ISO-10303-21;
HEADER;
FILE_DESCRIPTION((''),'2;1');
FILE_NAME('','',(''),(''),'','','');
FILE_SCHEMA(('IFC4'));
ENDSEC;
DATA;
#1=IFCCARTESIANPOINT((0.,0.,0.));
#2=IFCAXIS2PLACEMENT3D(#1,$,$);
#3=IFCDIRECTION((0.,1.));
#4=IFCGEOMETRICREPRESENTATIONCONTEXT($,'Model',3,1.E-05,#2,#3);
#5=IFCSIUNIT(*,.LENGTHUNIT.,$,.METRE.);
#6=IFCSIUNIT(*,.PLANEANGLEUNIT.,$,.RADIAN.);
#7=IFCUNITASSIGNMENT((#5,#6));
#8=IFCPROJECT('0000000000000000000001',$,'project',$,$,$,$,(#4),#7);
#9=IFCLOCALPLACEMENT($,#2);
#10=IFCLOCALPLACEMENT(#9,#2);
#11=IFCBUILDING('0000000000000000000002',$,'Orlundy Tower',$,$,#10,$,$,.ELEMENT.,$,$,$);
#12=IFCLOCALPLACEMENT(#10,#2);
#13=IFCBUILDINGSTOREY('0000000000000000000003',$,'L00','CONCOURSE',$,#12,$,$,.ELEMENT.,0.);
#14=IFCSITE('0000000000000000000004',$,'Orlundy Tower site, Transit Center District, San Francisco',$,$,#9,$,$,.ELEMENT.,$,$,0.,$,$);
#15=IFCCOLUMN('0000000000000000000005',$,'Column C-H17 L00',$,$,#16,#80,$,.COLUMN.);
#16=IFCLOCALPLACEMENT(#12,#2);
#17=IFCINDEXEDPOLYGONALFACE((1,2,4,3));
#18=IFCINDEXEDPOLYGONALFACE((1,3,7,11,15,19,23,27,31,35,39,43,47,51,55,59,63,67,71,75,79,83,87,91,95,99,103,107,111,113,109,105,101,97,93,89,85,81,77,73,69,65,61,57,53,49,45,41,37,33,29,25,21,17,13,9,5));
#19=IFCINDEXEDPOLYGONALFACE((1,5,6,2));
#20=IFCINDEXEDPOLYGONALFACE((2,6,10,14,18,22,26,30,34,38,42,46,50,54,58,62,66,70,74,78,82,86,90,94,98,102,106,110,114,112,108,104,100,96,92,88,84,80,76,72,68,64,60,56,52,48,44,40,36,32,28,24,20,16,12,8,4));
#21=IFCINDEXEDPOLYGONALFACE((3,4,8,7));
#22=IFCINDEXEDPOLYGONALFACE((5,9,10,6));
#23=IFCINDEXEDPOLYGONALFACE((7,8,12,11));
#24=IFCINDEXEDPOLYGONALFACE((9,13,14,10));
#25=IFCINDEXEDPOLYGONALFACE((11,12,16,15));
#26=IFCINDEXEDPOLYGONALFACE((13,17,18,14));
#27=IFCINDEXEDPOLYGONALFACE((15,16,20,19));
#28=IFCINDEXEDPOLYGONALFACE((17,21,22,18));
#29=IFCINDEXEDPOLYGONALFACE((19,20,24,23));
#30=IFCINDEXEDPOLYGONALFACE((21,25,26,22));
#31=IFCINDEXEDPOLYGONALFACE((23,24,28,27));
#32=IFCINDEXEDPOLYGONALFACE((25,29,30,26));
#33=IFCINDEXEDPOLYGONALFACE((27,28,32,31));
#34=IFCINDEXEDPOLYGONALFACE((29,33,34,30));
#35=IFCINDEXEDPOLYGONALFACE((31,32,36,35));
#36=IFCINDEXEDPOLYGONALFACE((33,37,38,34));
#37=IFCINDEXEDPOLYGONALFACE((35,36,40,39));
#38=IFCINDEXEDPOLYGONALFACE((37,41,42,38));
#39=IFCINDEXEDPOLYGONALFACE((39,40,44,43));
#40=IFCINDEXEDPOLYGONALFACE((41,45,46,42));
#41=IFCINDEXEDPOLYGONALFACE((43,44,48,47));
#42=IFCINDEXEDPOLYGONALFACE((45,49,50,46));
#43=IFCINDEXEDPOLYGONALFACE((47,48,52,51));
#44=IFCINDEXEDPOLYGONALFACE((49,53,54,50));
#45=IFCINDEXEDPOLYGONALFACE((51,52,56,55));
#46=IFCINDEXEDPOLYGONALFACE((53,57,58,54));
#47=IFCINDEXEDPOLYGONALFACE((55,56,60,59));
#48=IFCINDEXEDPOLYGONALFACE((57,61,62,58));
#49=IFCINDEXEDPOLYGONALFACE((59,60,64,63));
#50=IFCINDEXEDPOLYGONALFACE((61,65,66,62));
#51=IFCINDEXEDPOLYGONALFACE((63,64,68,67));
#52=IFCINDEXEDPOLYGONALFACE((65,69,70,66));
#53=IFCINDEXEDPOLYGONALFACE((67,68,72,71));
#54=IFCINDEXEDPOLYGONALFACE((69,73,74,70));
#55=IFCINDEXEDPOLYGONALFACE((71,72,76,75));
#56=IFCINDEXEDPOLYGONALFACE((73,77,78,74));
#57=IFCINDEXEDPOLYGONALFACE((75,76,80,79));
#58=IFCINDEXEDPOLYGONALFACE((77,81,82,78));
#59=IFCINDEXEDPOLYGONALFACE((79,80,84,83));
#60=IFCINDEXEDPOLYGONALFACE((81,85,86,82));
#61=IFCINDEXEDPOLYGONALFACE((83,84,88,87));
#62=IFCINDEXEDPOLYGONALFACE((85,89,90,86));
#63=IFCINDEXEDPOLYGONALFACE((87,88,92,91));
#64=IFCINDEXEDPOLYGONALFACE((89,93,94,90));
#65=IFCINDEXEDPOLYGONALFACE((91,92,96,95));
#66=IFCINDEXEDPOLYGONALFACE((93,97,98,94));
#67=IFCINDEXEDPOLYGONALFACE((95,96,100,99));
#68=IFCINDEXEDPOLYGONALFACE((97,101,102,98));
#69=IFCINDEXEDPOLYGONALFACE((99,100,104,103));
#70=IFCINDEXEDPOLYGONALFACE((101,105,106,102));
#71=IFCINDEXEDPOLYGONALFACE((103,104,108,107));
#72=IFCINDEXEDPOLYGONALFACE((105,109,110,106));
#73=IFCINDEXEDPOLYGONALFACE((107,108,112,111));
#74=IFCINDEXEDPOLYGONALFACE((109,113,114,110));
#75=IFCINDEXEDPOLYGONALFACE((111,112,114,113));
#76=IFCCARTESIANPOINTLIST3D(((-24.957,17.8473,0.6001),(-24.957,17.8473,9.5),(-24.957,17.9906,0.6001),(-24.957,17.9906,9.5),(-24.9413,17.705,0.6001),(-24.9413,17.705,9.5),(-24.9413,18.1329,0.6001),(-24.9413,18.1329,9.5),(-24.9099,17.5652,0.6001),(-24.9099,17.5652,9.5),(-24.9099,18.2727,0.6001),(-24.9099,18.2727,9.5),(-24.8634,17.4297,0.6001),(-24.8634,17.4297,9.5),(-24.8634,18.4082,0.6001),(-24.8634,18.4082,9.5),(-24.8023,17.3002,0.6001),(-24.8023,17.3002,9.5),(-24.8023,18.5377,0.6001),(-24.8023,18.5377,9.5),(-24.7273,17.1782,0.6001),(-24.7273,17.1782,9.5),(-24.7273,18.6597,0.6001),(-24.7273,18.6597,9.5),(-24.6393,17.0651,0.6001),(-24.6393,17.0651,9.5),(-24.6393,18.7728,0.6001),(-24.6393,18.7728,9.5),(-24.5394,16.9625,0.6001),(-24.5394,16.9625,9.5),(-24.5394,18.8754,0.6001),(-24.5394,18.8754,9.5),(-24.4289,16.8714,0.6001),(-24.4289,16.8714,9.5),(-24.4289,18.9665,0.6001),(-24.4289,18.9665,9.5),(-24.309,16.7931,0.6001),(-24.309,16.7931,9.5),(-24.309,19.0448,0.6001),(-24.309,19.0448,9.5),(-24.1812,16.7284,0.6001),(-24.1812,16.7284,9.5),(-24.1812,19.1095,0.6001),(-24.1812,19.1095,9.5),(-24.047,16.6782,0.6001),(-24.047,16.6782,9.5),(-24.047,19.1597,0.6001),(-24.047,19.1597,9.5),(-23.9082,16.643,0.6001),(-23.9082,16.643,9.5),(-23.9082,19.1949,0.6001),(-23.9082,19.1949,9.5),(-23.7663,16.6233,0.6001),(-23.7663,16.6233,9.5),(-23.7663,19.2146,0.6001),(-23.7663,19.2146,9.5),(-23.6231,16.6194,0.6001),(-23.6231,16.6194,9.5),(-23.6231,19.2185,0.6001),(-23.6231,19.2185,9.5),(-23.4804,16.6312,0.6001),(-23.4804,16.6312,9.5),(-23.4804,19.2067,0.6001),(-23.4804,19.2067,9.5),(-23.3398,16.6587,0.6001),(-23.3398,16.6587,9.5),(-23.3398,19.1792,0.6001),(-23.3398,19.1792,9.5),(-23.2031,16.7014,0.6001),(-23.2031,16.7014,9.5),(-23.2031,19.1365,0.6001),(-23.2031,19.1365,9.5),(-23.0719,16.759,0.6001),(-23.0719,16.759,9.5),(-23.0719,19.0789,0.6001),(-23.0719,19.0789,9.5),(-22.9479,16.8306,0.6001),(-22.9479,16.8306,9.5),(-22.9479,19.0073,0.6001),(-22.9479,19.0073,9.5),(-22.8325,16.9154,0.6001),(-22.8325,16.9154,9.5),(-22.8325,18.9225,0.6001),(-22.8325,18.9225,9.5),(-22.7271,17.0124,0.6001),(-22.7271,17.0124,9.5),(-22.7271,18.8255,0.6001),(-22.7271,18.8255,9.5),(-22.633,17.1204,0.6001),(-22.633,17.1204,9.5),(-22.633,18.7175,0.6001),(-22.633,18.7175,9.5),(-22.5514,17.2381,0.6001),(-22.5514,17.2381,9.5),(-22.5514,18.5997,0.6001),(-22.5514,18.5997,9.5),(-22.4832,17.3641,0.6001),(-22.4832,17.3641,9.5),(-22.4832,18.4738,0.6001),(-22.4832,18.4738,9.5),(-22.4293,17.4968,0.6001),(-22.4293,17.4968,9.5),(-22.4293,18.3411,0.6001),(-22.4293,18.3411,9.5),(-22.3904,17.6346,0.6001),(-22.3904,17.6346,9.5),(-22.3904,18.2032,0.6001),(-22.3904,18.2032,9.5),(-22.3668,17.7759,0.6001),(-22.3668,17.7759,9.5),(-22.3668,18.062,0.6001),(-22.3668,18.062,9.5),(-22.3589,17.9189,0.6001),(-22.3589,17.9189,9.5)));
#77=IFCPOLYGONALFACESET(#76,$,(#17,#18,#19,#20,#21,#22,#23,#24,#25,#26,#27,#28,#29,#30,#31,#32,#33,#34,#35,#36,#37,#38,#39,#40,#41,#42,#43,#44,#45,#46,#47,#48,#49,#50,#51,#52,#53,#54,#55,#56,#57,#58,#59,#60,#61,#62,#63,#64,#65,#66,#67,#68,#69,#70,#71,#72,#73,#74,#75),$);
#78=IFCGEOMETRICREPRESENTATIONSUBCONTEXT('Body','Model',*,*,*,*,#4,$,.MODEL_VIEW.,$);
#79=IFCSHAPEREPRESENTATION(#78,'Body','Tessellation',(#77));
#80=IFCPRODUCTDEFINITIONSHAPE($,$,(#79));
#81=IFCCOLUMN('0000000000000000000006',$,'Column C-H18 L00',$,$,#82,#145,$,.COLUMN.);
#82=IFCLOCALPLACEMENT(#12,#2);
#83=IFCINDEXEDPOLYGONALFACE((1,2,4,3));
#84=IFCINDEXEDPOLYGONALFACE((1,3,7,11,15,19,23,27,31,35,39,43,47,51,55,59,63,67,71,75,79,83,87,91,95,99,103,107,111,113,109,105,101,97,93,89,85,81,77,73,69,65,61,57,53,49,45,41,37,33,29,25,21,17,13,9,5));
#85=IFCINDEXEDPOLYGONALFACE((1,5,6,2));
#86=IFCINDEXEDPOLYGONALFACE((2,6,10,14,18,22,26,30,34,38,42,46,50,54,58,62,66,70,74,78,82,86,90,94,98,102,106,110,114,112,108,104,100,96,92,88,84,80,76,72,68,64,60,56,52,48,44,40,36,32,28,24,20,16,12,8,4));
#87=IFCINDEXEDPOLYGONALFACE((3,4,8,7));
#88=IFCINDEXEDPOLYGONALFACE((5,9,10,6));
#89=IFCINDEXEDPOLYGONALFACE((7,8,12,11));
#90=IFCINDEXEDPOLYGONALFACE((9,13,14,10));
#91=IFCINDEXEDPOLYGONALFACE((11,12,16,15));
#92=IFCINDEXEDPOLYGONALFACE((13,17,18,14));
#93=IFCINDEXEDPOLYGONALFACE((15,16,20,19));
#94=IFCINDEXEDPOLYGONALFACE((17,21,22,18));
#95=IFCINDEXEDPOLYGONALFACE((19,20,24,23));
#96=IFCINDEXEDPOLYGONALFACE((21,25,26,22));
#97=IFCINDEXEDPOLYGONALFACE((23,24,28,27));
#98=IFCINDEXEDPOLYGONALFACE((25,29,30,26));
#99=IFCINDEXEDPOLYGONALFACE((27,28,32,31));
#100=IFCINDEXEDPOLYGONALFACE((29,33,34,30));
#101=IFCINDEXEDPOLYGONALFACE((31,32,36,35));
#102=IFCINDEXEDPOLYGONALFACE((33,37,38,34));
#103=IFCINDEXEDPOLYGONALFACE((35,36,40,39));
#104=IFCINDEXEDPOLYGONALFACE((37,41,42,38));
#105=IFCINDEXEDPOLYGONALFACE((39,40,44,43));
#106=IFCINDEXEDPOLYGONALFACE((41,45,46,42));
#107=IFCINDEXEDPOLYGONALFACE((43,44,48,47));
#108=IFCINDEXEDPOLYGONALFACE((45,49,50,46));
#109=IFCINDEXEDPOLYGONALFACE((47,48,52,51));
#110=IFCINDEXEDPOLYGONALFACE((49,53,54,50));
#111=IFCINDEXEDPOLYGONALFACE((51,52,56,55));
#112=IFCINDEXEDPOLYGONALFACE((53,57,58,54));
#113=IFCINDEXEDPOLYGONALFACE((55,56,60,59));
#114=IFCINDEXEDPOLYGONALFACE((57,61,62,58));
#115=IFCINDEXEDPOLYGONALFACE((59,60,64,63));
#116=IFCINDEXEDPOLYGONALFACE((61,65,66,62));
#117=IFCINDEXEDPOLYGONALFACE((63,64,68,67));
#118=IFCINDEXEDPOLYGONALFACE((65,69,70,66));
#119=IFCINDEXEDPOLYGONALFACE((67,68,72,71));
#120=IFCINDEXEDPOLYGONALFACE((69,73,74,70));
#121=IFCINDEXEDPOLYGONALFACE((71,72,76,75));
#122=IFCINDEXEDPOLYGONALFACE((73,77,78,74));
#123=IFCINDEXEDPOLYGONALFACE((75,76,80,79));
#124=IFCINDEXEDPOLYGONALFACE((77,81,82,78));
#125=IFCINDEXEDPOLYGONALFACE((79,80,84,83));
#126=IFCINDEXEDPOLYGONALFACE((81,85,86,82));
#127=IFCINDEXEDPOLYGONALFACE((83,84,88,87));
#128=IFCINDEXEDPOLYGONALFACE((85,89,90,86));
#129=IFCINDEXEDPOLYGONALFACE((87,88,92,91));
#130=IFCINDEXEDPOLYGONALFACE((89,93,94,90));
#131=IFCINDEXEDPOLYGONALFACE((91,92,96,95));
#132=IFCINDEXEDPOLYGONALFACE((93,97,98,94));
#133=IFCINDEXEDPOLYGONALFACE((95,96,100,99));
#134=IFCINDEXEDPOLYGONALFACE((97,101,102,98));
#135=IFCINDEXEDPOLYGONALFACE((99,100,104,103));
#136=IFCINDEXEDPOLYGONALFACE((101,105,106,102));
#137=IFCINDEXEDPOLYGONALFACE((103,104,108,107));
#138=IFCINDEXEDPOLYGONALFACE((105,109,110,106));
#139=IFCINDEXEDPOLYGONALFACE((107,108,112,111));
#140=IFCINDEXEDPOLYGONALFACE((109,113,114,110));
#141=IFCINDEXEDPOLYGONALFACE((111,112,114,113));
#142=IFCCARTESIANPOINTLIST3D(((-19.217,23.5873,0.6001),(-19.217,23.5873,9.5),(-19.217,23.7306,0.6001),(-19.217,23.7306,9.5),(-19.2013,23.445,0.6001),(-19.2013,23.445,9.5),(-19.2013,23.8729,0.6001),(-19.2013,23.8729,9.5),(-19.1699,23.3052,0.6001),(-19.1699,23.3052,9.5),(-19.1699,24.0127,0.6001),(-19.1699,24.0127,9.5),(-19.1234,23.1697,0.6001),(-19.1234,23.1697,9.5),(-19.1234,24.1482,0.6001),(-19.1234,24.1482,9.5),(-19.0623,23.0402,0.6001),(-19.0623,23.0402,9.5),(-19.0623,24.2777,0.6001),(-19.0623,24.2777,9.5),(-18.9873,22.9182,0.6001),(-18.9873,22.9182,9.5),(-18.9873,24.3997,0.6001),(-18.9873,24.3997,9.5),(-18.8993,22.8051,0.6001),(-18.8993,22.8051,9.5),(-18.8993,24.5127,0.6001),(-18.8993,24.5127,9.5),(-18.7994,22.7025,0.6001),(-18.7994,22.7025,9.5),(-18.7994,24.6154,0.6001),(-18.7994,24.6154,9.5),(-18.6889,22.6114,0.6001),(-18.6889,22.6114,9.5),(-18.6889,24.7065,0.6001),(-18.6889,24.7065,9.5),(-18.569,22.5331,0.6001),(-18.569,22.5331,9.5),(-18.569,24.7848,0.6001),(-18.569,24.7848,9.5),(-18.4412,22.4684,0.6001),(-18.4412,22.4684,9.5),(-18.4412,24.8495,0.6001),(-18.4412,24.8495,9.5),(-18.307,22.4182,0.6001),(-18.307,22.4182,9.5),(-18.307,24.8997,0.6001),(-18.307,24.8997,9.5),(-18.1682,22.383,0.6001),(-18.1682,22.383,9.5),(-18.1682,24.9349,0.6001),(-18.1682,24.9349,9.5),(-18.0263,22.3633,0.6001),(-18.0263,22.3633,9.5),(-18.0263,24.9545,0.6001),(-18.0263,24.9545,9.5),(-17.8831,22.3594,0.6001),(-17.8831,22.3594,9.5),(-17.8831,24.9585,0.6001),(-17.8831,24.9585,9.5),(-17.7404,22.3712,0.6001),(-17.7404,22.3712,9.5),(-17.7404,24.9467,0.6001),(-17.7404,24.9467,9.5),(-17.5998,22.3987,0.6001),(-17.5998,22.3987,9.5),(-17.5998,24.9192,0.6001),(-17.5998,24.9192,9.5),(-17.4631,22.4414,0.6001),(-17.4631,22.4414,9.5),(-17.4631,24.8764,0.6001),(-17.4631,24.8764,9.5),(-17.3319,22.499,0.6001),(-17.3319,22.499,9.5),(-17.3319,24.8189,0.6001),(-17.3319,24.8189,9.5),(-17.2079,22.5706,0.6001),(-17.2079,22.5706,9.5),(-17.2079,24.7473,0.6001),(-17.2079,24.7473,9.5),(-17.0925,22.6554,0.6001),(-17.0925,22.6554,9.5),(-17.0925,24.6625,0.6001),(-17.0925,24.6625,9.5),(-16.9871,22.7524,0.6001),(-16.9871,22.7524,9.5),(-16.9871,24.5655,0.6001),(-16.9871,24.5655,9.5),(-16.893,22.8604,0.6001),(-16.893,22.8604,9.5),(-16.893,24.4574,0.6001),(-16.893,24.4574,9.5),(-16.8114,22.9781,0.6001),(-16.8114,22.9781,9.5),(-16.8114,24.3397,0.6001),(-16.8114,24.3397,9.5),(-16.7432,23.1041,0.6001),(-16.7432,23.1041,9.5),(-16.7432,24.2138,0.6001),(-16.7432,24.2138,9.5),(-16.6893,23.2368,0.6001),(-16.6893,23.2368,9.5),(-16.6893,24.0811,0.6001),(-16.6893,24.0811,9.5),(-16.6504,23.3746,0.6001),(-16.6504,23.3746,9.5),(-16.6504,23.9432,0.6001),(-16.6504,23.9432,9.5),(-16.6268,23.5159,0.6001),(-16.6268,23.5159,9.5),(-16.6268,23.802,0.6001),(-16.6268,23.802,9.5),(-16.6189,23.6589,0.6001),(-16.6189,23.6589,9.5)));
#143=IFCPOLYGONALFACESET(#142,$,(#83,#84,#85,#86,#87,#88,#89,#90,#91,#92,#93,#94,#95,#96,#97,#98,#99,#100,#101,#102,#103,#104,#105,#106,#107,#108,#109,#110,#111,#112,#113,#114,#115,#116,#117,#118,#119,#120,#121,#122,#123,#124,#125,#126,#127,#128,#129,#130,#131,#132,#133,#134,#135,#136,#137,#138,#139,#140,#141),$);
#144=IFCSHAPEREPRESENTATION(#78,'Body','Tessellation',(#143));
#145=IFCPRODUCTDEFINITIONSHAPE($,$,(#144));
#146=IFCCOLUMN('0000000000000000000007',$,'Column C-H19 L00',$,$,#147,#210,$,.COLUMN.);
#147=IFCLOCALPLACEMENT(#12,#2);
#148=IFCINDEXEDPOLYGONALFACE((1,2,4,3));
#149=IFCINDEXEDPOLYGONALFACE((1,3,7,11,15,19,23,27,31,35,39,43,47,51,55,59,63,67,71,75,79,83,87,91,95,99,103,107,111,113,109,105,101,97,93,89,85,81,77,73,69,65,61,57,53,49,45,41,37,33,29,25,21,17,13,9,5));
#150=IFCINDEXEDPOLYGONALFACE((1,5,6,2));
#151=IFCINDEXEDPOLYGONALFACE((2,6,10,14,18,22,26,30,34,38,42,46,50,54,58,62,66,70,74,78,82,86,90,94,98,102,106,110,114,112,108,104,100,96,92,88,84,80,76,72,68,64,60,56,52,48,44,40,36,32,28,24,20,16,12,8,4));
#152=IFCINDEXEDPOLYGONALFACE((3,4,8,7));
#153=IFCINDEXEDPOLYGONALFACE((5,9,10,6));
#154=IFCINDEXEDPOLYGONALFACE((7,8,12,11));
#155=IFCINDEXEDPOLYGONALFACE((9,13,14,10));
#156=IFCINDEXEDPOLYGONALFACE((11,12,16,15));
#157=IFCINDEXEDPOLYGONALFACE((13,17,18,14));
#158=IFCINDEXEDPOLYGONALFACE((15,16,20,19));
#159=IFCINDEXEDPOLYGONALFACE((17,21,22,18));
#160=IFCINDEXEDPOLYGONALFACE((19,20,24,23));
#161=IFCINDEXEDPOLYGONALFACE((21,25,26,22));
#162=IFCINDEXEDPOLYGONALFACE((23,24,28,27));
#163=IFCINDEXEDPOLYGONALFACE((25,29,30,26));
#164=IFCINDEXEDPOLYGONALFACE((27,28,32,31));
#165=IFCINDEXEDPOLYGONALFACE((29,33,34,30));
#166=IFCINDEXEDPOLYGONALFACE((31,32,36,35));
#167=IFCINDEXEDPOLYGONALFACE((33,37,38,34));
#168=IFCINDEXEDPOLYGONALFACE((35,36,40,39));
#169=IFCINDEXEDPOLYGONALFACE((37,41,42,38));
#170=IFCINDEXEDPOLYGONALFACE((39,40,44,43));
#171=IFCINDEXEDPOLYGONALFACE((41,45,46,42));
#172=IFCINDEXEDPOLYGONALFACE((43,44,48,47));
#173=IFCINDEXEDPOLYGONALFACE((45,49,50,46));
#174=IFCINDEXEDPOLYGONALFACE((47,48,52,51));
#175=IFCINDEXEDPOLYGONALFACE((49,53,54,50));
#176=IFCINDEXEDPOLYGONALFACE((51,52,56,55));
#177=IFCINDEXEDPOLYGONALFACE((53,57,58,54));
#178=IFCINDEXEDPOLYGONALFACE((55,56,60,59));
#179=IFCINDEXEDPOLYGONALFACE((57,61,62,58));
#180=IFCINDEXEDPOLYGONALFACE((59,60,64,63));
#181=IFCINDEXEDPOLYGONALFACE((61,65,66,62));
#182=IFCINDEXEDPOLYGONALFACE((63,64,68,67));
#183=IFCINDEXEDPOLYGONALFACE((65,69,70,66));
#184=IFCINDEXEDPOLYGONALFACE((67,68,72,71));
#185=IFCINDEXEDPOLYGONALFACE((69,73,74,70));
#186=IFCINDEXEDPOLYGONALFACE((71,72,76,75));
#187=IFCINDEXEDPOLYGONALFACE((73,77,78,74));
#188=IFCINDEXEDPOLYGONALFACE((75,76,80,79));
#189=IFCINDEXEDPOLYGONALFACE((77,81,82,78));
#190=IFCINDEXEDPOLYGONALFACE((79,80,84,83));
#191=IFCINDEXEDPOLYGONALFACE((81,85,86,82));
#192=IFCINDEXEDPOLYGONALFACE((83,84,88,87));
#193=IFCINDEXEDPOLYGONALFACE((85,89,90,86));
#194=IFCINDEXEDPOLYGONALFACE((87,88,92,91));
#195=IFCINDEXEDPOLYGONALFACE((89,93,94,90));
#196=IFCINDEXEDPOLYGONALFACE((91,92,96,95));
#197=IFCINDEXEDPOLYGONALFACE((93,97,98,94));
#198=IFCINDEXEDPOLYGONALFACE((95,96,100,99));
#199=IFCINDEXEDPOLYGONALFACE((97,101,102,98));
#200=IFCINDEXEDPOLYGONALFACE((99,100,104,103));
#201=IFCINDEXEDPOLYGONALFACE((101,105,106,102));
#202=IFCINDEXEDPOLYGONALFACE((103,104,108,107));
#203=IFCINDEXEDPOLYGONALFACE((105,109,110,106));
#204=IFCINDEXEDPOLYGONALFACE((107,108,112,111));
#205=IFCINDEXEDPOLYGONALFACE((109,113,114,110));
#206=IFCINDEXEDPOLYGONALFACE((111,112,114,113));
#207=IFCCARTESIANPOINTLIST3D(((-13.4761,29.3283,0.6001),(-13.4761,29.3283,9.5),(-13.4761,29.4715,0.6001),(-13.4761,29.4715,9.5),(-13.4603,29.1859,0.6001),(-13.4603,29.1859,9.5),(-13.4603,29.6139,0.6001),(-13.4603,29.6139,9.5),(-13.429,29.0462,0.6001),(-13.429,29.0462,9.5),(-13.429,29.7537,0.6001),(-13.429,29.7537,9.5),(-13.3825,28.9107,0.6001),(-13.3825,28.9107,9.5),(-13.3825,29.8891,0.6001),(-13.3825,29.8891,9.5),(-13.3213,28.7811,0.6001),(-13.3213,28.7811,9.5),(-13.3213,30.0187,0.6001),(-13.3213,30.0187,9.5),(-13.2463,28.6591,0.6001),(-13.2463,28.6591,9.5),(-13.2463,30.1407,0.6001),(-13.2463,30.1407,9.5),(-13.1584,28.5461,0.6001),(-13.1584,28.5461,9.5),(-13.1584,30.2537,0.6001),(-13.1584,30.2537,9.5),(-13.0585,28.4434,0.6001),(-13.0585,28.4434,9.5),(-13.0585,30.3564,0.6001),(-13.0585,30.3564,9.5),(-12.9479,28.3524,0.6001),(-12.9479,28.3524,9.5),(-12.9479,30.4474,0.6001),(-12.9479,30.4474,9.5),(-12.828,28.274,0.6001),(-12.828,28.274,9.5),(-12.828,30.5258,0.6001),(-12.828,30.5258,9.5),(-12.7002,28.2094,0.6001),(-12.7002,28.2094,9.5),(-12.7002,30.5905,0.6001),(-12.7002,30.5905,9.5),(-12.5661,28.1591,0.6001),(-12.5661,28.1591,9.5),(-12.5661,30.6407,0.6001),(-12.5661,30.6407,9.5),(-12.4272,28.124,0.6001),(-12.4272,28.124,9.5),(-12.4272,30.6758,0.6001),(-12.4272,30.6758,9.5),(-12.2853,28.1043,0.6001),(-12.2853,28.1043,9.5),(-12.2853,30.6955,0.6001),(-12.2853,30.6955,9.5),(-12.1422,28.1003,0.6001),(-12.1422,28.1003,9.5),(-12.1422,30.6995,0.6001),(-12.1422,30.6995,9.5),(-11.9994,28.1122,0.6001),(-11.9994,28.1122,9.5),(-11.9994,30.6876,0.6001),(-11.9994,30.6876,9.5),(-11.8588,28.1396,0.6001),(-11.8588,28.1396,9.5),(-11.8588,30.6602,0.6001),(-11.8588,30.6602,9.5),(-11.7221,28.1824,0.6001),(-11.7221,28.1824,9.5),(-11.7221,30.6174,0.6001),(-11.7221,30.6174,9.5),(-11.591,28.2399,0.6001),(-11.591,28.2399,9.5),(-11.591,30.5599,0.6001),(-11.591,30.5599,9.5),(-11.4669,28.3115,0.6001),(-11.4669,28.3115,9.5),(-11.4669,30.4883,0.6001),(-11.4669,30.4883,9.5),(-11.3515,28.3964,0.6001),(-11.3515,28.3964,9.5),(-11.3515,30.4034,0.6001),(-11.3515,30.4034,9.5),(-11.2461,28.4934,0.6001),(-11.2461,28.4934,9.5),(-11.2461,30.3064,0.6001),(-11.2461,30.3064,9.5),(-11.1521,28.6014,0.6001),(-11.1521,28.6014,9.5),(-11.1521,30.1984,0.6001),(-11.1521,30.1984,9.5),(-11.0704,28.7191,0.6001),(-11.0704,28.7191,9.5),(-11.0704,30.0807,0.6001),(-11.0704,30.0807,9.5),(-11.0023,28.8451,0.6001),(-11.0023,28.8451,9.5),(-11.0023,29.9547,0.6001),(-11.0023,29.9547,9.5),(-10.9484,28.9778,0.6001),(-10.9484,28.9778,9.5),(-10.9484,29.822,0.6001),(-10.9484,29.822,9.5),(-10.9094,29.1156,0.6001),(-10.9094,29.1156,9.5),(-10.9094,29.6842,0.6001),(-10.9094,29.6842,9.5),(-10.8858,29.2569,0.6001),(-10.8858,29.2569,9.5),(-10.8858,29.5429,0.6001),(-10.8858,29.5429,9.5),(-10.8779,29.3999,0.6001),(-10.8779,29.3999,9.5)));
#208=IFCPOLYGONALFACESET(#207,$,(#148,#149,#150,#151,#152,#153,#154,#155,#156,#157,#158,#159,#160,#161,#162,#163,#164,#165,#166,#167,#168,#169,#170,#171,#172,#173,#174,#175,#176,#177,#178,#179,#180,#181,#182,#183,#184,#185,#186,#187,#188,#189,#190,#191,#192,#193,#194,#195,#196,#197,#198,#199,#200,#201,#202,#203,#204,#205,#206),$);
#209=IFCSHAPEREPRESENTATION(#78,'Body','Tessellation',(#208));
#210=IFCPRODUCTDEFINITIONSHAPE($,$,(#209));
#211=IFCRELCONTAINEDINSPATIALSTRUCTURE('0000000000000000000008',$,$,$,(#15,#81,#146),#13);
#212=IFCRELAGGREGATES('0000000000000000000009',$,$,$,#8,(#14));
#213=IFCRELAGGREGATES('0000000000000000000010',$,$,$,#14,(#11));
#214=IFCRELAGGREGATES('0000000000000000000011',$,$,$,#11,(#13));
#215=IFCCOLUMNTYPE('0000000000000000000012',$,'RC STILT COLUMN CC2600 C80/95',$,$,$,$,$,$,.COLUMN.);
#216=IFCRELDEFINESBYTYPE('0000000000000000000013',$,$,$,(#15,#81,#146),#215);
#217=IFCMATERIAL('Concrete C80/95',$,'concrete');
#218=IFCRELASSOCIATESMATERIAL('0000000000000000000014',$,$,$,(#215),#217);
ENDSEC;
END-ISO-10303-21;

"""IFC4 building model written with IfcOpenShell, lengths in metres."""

from ifc_helpers import new_model, si_unit, direction, frame, origin, origin_2d, place, context, subcontext, project, spatial, circle, extrude, material, material_profile, profile_set, type_object, element, save


model = new_model("IFC4")

# Units and contexts
model_context = context("Model", 3, precision=1e-05, world=origin(), true_north=direction((0.0, 1.0)))
body_context = subcontext(model_context, "Body", "Model", "MODEL_VIEW")
ifc_project = project(units=[si_unit("LENGTHUNIT", "METRE"), si_unit("PLANEANGLEUNIT", "RADIAN")], contexts=[model_context])

# Site, building, storey
site_placement = place(None, origin())
site = spatial("IfcSite", under=ifc_project, at=site_placement, Name="Orlundy Tower site, Transit Center District, San Francisco", CompositionType="ELEMENT", RefElevation=0.0)
building_placement = place(site_placement, origin())
building = spatial("IfcBuilding", under=site, at=building_placement, Name="Orlundy Tower", CompositionType="ELEMENT")
storey_placement = place(building_placement, origin())
storey = spatial("IfcBuildingStorey", under=building, at=storey_placement, Name="L00", Description="CONCOURSE", CompositionType="ELEMENT", Elevation=0.0)

# Columns
ifc_material_1 = material(Name="Concrete C80/95", Category="concrete")
ifc_material_profile_1 = material_profile(ifc_material_1, circle(Radius=1.3, at=origin_2d()), Name="CC2600")
ifc_profile_set_1 = profile_set([ifc_material_profile_1], Name="Concrete C80/95")
column_type = type_object("IfcColumnType", Name="RC STILT COLUMN CC2600 C80/95", PredefinedType="COLUMN", material=ifc_profile_set_1)
for number, where, z_axis, x_axis, name in (
    (1, (-23.6589, 17.9189, 0.6001), (0.0, 0.0, 1.0), (1.0, 0.0, 0.0), "Column C-H17 L00"),
    (2, (-17.9189, 23.6589, 0.6001), (0.0, 0.0, 1.0), (1.0, 0.0, 0.0), "Column C-H18 L00"),
    (3, (-12.178, 29.3999, 0.6001), (0.0, 0.0, 1.0), (1.0, 0.0, 0.0), "Column C-H19 L00"),
):
    element("IfcColumn", number, at=place(storey_placement, frame(where, z_axis=z_axis, x_axis=x_axis)), inside=storey, type_object=column_type, Name=name, PredefinedType="COLUMN", context=body_context, shape_type="SweptSolid", body=[
        extrude(circle(Radius=1.3, at=origin_2d()), origin(), (0.0, 0.0, 1.0), 8.8999),
    ])

save(model, "model.ifc")
